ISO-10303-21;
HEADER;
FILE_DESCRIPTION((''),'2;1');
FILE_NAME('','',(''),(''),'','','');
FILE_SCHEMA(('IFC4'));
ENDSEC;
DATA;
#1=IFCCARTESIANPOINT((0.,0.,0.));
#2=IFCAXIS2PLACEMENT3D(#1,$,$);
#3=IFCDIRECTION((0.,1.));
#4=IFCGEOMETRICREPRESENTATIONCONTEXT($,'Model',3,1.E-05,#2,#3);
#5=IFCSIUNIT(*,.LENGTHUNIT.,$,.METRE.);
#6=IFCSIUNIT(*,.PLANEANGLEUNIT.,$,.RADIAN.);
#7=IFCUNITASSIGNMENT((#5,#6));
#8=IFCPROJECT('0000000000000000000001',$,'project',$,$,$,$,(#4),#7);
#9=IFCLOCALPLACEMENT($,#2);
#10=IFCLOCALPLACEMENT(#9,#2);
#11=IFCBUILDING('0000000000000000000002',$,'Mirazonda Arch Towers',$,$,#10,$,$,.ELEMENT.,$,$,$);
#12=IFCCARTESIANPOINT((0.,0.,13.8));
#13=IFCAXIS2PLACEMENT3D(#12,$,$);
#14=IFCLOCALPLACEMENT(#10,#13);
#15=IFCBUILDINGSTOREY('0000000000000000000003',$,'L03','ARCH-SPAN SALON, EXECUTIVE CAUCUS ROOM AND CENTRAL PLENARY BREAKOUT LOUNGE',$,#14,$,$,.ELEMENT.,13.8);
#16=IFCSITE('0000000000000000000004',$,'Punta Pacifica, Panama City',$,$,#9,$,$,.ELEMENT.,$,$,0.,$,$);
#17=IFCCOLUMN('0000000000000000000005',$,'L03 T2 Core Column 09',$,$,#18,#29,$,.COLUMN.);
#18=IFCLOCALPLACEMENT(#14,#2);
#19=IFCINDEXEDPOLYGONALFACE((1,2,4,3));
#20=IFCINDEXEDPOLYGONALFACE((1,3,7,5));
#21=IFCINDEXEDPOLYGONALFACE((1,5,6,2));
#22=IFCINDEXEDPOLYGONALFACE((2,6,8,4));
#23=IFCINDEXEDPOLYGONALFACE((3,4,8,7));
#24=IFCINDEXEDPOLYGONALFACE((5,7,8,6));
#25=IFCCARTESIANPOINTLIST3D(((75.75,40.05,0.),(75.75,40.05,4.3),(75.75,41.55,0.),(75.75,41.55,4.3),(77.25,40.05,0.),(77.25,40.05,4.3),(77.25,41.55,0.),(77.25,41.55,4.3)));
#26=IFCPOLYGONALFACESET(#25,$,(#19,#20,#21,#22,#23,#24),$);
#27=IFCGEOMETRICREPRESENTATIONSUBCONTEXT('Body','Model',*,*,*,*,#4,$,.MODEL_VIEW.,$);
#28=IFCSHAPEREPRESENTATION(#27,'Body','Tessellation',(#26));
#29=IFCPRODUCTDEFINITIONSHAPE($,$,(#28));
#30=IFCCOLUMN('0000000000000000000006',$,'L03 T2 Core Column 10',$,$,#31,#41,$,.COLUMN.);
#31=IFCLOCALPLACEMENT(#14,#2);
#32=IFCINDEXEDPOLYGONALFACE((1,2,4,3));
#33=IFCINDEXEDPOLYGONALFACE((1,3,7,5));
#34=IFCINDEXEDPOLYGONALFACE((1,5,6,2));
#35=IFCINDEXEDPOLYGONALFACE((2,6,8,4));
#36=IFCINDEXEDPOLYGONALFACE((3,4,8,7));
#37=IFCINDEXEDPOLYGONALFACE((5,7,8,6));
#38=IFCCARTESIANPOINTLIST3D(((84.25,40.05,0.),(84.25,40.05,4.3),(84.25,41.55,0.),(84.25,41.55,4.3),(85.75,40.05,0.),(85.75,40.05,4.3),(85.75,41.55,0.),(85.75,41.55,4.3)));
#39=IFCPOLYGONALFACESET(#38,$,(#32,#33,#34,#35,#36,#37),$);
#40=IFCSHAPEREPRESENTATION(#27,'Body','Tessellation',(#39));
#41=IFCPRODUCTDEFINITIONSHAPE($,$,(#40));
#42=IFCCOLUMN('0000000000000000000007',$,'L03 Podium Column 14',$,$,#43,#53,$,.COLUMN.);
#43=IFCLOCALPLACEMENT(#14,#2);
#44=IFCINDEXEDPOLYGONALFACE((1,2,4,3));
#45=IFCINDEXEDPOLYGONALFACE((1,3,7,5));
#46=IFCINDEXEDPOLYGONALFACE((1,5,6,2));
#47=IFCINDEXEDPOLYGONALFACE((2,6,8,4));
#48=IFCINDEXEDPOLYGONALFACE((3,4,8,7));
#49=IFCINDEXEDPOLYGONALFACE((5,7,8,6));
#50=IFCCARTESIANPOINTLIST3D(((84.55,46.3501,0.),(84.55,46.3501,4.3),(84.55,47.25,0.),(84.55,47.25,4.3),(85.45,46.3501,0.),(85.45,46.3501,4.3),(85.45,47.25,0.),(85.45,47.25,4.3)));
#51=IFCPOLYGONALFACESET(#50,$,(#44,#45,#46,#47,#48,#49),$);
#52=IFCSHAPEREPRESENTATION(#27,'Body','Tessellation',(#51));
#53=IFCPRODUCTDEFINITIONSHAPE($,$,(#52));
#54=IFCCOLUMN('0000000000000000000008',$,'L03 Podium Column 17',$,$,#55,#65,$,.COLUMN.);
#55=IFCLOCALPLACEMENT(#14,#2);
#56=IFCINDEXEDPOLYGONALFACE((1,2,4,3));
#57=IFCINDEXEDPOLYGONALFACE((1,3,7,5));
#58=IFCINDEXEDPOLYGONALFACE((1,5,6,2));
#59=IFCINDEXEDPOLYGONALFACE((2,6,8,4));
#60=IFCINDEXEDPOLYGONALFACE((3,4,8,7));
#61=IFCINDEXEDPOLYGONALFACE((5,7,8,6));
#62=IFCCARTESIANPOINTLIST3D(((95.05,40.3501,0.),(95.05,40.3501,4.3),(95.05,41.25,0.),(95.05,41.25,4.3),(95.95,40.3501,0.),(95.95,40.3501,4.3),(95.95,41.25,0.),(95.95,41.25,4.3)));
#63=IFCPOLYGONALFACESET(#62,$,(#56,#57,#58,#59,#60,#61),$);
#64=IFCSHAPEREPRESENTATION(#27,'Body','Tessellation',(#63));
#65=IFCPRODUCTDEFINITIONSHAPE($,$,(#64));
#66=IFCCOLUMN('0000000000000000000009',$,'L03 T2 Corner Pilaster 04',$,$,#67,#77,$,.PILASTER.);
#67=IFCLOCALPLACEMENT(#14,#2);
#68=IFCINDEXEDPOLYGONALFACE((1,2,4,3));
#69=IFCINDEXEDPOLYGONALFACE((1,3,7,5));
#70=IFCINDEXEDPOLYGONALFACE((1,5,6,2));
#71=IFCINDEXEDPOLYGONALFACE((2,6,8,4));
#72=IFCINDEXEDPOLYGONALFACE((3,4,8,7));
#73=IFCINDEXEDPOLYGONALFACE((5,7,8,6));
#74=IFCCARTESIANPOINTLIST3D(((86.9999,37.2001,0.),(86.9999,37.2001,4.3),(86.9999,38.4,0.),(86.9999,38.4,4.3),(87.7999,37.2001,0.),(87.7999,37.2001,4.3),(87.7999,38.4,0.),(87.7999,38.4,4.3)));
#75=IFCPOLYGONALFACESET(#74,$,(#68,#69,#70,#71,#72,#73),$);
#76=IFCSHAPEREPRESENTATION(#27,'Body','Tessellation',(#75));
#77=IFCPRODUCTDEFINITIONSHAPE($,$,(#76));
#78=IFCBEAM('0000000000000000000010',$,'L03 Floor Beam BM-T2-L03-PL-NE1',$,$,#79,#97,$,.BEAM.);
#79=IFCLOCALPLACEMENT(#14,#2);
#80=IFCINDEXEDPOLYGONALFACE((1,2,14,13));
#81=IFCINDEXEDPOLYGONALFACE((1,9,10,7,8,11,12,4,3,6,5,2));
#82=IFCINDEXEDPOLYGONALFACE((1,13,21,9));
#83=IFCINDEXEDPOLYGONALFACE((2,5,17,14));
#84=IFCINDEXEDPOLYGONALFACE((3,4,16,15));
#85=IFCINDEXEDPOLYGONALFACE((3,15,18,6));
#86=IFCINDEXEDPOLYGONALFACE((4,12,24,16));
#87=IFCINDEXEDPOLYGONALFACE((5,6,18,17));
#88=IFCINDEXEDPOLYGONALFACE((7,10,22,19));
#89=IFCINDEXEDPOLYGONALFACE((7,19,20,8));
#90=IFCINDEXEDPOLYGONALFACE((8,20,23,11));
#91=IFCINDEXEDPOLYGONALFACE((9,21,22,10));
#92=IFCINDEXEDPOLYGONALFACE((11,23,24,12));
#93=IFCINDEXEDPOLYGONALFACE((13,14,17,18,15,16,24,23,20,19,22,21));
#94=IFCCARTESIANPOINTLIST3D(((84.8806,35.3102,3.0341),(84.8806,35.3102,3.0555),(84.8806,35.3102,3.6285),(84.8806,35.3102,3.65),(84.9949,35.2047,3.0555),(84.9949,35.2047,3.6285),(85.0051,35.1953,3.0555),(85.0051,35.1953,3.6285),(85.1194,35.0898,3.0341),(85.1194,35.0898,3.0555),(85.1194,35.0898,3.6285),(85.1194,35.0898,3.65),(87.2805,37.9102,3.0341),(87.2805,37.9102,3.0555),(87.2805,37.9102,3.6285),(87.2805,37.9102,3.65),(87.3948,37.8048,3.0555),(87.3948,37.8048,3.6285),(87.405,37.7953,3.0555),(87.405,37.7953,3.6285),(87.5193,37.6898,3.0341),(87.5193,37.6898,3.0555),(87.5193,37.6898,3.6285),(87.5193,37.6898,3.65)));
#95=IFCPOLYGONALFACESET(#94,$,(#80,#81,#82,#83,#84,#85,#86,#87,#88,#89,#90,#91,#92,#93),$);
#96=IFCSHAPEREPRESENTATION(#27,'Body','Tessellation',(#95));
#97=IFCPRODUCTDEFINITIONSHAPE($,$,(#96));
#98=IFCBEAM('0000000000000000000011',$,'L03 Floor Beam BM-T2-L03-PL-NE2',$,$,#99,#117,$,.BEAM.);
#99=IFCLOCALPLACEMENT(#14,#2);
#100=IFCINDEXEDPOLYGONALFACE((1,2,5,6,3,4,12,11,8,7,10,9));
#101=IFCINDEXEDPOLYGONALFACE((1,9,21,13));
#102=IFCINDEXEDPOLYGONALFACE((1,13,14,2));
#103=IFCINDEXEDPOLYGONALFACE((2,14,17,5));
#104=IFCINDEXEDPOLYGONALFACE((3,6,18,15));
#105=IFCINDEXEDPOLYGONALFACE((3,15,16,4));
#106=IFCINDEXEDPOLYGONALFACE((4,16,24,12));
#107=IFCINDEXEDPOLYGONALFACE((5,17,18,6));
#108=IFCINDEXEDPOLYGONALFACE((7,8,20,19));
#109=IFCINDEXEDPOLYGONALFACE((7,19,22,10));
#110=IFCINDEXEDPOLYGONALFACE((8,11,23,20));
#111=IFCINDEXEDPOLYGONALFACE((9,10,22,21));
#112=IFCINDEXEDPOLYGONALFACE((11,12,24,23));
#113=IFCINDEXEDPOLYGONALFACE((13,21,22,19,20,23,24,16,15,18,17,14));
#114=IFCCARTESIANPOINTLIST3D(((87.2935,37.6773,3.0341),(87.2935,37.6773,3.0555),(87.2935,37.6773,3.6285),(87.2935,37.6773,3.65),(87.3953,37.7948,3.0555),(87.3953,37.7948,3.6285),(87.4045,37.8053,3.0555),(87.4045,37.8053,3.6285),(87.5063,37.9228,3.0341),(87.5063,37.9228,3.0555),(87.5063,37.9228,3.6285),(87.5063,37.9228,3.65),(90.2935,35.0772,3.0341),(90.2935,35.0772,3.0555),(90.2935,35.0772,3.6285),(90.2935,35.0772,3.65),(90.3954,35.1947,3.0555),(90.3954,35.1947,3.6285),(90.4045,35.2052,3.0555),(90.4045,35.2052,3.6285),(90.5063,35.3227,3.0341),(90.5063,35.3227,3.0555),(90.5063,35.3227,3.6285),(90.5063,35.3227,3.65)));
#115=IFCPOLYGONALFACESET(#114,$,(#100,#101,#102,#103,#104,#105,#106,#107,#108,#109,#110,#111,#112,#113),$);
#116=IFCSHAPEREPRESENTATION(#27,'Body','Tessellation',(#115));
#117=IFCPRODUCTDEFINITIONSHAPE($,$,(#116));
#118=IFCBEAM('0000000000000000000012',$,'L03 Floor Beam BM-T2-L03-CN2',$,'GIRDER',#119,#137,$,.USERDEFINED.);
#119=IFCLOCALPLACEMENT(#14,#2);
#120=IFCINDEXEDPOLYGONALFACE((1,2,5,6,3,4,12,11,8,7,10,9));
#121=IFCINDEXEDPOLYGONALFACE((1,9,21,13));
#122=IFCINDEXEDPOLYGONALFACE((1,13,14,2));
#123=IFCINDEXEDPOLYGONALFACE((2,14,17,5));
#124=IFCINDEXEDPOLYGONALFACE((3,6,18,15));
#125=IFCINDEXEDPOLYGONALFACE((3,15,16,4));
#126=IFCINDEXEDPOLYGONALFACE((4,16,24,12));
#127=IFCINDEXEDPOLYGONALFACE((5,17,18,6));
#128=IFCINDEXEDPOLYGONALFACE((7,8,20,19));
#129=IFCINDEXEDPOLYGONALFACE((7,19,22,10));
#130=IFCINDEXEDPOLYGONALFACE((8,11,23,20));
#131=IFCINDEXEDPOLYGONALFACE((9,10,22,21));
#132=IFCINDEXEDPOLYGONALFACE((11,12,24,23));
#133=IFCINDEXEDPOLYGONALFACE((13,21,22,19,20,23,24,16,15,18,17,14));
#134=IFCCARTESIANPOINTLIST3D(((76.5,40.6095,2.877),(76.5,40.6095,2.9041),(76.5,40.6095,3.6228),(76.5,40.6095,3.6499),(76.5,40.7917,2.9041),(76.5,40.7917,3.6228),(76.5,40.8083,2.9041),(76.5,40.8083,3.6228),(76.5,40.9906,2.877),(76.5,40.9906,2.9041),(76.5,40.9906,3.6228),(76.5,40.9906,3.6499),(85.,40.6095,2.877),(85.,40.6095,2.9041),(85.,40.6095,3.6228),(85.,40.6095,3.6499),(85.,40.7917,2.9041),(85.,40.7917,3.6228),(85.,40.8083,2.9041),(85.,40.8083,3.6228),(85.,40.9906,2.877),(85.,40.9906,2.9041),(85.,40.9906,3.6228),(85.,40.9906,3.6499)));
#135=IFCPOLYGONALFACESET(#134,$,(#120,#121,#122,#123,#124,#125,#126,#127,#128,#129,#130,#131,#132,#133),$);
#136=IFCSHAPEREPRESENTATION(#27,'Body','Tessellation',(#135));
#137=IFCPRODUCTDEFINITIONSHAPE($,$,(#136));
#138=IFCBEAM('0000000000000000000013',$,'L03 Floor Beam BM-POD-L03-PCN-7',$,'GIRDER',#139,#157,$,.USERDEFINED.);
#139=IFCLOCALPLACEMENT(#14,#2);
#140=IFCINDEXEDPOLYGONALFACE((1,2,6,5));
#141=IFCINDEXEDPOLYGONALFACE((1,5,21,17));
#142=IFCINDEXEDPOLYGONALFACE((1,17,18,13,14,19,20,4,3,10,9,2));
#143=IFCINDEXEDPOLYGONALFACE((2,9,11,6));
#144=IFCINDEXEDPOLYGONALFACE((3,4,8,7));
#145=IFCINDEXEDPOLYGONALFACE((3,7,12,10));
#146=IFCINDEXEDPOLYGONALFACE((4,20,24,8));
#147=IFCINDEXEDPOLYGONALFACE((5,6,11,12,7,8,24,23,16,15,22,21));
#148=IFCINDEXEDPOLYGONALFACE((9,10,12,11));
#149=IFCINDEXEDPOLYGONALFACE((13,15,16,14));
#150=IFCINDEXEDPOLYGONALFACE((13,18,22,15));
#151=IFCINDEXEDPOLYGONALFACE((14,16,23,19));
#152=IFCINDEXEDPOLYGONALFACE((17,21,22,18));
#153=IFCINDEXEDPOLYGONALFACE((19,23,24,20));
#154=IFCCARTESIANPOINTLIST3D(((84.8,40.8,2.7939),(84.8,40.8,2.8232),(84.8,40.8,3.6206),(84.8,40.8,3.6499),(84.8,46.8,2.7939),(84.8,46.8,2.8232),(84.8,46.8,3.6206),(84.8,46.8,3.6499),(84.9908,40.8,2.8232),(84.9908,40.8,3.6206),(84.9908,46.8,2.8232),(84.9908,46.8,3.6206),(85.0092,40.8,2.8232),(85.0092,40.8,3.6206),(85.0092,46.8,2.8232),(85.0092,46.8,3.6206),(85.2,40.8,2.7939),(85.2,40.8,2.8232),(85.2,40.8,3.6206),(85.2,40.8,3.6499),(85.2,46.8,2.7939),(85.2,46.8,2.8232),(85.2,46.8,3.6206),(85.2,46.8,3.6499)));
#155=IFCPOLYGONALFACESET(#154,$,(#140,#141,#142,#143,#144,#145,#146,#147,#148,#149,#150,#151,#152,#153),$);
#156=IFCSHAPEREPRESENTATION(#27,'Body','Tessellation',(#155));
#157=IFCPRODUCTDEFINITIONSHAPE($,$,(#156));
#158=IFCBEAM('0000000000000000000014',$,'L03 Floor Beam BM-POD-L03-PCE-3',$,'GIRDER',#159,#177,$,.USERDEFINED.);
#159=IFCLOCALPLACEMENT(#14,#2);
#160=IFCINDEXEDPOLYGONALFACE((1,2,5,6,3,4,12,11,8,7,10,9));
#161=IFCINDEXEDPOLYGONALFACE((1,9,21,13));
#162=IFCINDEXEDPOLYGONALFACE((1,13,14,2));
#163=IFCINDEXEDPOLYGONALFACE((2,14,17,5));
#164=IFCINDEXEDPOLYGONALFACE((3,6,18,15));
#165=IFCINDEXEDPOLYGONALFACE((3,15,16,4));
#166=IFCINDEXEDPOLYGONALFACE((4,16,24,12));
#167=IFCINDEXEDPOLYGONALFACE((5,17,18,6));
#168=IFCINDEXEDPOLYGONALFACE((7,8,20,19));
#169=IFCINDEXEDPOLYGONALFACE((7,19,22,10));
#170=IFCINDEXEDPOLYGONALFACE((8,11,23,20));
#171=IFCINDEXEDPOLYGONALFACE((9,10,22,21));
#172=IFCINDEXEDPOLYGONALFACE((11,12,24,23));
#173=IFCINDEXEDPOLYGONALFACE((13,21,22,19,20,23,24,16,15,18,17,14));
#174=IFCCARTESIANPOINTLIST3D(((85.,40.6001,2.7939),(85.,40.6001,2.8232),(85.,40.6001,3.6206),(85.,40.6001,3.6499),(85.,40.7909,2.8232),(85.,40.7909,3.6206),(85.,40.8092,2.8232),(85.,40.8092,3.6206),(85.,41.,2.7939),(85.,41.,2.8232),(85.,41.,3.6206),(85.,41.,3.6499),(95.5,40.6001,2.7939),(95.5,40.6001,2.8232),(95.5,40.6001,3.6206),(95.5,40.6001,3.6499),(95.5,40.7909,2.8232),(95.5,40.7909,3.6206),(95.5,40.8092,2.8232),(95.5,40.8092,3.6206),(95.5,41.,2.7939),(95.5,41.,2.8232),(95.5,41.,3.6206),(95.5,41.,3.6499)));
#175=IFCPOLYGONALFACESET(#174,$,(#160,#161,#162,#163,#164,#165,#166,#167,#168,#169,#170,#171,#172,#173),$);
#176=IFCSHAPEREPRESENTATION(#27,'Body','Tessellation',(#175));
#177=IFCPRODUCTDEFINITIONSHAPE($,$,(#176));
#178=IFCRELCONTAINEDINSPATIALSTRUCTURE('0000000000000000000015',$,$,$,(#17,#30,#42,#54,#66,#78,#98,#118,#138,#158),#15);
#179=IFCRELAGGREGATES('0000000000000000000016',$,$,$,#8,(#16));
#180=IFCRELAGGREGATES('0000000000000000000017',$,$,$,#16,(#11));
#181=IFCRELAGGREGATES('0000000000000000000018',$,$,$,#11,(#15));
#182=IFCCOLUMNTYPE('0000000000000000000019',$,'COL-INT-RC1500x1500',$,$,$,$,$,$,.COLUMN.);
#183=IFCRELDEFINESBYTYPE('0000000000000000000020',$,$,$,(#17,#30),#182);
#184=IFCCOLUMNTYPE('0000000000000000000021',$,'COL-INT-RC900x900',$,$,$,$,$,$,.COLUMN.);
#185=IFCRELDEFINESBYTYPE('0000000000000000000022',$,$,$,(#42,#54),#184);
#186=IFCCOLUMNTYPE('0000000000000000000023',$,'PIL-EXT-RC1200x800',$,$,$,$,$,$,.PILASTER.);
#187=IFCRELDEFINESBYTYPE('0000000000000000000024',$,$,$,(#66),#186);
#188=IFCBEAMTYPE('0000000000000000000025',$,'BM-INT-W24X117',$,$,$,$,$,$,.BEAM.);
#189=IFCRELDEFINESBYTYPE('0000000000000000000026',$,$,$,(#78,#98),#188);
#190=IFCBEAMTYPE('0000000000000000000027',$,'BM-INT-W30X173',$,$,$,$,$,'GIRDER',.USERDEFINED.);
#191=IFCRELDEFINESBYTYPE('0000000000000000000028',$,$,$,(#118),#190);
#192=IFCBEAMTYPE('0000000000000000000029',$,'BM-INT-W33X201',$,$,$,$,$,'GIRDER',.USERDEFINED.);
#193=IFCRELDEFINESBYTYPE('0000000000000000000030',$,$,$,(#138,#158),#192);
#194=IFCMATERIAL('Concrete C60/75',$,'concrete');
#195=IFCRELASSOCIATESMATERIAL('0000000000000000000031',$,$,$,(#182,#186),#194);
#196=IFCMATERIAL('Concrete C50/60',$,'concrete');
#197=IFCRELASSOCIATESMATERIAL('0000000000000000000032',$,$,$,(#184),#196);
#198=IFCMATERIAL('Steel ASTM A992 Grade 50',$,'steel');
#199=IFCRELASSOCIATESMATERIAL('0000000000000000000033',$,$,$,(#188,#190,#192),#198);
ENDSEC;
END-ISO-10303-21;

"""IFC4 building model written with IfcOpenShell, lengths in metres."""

from ifc_helpers import new_model, si_unit, direction, frame, origin, origin_2d, place, context, subcontext, project, spatial, rectangle, i_section, extrude, material, material_profile, profile_set, type_object, element, save


model = new_model("IFC4")

# Units and contexts
model_context = context("Model", 3, precision=1e-05, world=origin(), true_north=direction((0.0, 1.0)))
body_context = subcontext(model_context, "Body", "Model", "MODEL_VIEW")
ifc_project = project(units=[si_unit("LENGTHUNIT", "METRE"), si_unit("PLANEANGLEUNIT", "RADIAN")], contexts=[model_context])

# Site, building, storey
site_placement = place(None, origin())
site = spatial("IfcSite", under=ifc_project, at=site_placement, Name="Punta Pacifica, Panama City", CompositionType="ELEMENT", RefElevation=0.0)
building_placement = place(site_placement, origin())
building = spatial("IfcBuilding", under=site, at=building_placement, Name="Mirazonda Arch Towers", CompositionType="ELEMENT")
storey_placement = place(building_placement, frame((0.0, 0.0, 13.8)))
storey = spatial("IfcBuildingStorey", under=building, at=storey_placement, Name="L03", Description="ARCH-SPAN SALON, EXECUTIVE CAUCUS ROOM AND CENTRAL PLENARY BREAKOUT LOUNGE", CompositionType="ELEMENT", Elevation=13.8)

# Columns
ifc_material_1 = material(Name="Concrete C60/75", Category="concrete")
ifc_material_profile_1 = material_profile(ifc_material_1, rectangle(XDim=1.5, YDim=1.5, at=origin_2d()), Name="RC1500x1500")
ifc_profile_set_1 = profile_set([ifc_material_profile_1], Name="Concrete C60/75")
column_type_1 = type_object("IfcColumnType", Name="COL-INT-RC1500x1500", PredefinedType="COLUMN", material=ifc_profile_set_1)
for number, where, z_axis, x_axis, name in (
    (1, (76.5, 40.8, 0.0), (0.0, 0.0, 1.0), (1.0, 0.0, 0.0), "L03 T2 Core Column 09"),
    (2, (85.0, 40.8, 0.0), (0.0, 0.0, 1.0), (1.0, 0.0, 0.0), "L03 T2 Core Column 10"),
):
    element("IfcColumn", number, at=place(storey_placement, frame(where, z_axis=z_axis, x_axis=x_axis)), inside=storey, type_object=column_type_1, Name=name, PredefinedType="COLUMN", context=body_context, shape_type="SweptSolid", body=[
        extrude(rectangle(XDim=1.5, YDim=1.5, at=origin_2d()), origin(), (0.0, 0.0, 1.0), 4.3),
    ])
ifc_material_2 = material(Name="Concrete C50/60", Category="concrete")
ifc_material_profile_2 = material_profile(ifc_material_2, rectangle(XDim=0.8999, YDim=0.8999, at=origin_2d()), Name="RC900x900")
ifc_profile_set_2 = profile_set([ifc_material_profile_2], Name="Concrete C50/60")
column_type_2 = type_object("IfcColumnType", Name="COL-INT-RC900x900", PredefinedType="COLUMN", material=ifc_profile_set_2)
for number, where, z_axis, x_axis, name in (
    (3, (85.0, 46.8, 0.0), (0.0, 0.0, 1.0), (1.0, 0.0, 0.0), "L03 Podium Column 14"),
    (4, (95.5, 40.8, 0.0), (0.0, 0.0, 1.0), (1.0, 0.0, 0.0), "L03 Podium Column 17"),
):
    element("IfcColumn", number, at=place(storey_placement, frame(where, z_axis=z_axis, x_axis=x_axis)), inside=storey, type_object=column_type_2, Name=name, PredefinedType="COLUMN", context=body_context, shape_type="SweptSolid", body=[
        extrude(rectangle(XDim=0.8999, YDim=0.8999, at=origin_2d()), origin(), (0.0, 0.0, 1.0), 4.3),
    ])
ifc_material_profile_3 = material_profile(ifc_material_1, rectangle(XDim=0.8, YDim=1.2, at=origin_2d()), Name="RC1200x800")
ifc_profile_set_3 = profile_set([ifc_material_profile_3], Name="Concrete C60/75")
column_type_3 = type_object("IfcColumnType", Name="PIL-EXT-RC1200x800", PredefinedType="PILASTER", material=ifc_profile_set_3)
column_placement = place(storey_placement, frame((87.3999, 37.8, 0.0), z_axis=(0.0, 0.0, 1.0), x_axis=(1.0, 0.0, 0.0)))
element("IfcColumn", 5, at=column_placement, inside=storey, type_object=column_type_3, Name="L03 T2 Corner Pilaster 04", PredefinedType="PILASTER", context=body_context, shape_type="SweptSolid", body=[
    extrude(rectangle(XDim=0.8, YDim=1.2, at=origin_2d()), origin(), (0.0, 0.0, 1.0), 4.3),
])

# Beams
ifc_material_3 = material(Name="Steel ASTM A992 Grade 50", Category="steel")
ifc_material_profile_4 = material_profile(ifc_material_3, i_section(OverallWidth=0.325, OverallDepth=0.616, WebThickness=0.0139, FlangeThickness=0.0215, at=origin_2d()), Name="W24X117")
ifc_profile_set_4 = profile_set([ifc_material_profile_4], Name="Steel ASTM A992 Grade 50")
beam_type_1 = type_object("IfcBeamType", Name="BM-INT-W24X117", PredefinedType="BEAM", material=ifc_profile_set_4)
beam_1_placement = place(storey_placement, frame((87.3999, 37.8, 3.342), z_axis=(-0.678251, -0.73483, 0.0), x_axis=(0.73483, -0.678251, 0.0)))
element("IfcBeam", 6, at=beam_1_placement, inside=storey, type_object=beam_type_1, Name="L03 Floor Beam BM-T2-L03-PL-NE1", PredefinedType="BEAM", context=body_context, shape_type="SweptSolid", body=[
    extrude(i_section(OverallWidth=0.325, OverallDepth=0.616, WebThickness=0.0139, FlangeThickness=0.0215, at=origin_2d()), origin(), (0.0, 0.0, 1.0), 3.5383),
])
beam_2_placement = place(storey_placement, frame((87.3999, 37.8, 3.342), z_axis=(0.755677, -0.654945, 0.0), x_axis=(0.654945, 0.755677, 0.0)))
element("IfcBeam", 7, at=beam_2_placement, inside=storey, type_object=beam_type_1, Name="L03 Floor Beam BM-T2-L03-PL-NE2", PredefinedType="BEAM", context=body_context, shape_type="SweptSolid", body=[
    extrude(i_section(OverallWidth=0.325, OverallDepth=0.616, WebThickness=0.0139, FlangeThickness=0.0215, at=origin_2d()), origin(), (0.0, 0.0, 1.0), 3.97),
])
ifc_material_profile_5 = material_profile(ifc_material_3, i_section(OverallWidth=0.3811, OverallDepth=0.7729, WebThickness=0.0166, FlangeThickness=0.0271, at=origin_2d()), Name="W30X173")
ifc_profile_set_5 = profile_set([ifc_material_profile_5], Name="Steel ASTM A992 Grade 50")
beam_type_2 = type_object("IfcBeamType", Name="BM-INT-W30X173", ElementType="GIRDER", PredefinedType="USERDEFINED", material=ifc_profile_set_5)
beam_3_placement = place(storey_placement, frame((76.5, 40.8, 3.2634), z_axis=(1.0, 0.0, 0.0), x_axis=(0.0, 1.0, 0.0)))
element("IfcBeam", 8, at=beam_3_placement, inside=storey, type_object=beam_type_2, Name="L03 Floor Beam BM-T2-L03-CN2", ObjectType="GIRDER", PredefinedType="USERDEFINED", context=body_context, shape_type="SweptSolid", body=[
    extrude(i_section(OverallWidth=0.3811, OverallDepth=0.7729, WebThickness=0.0166, FlangeThickness=0.0271, at=origin_2d()), origin(), (0.0, 0.0, 1.0), 8.5),
])
ifc_material_profile_6 = material_profile(ifc_material_3, i_section(OverallWidth=0.3999, OverallDepth=0.856, WebThickness=0.0183, FlangeThickness=0.0293, at=origin_2d()), Name="W33X201")
ifc_profile_set_6 = profile_set([ifc_material_profile_6], Name="Steel ASTM A992 Grade 50")
beam_type_3 = type_object("IfcBeamType", Name="BM-INT-W33X201", ElementType="GIRDER", PredefinedType="USERDEFINED", material=ifc_profile_set_6)
beam_4_placement = place(storey_placement, frame((85.0, 40.8, 3.2219), z_axis=(0.0, 1.0, 0.0), x_axis=(-1.0, 0.0, 0.0)))
element("IfcBeam", 9, at=beam_4_placement, inside=storey, type_object=beam_type_3, Name="L03 Floor Beam BM-POD-L03-PCN-7", ObjectType="GIRDER", PredefinedType="USERDEFINED", context=body_context, shape_type="SweptSolid", body=[
    extrude(i_section(OverallWidth=0.3999, OverallDepth=0.856, WebThickness=0.0183, FlangeThickness=0.0293, at=origin_2d()), origin(), (0.0, 0.0, 1.0), 6.0),
])
beam_5_placement = place(storey_placement, frame((85.0, 40.8, 3.2219), z_axis=(1.0, 0.0, 0.0), x_axis=(0.0, 1.0, 0.0)))
element("IfcBeam", 10, at=beam_5_placement, inside=storey, type_object=beam_type_3, Name="L03 Floor Beam BM-POD-L03-PCE-3", ObjectType="GIRDER", PredefinedType="USERDEFINED", context=body_context, shape_type="SweptSolid", body=[
    extrude(i_section(OverallWidth=0.3999, OverallDepth=0.856, WebThickness=0.0183, FlangeThickness=0.0293, at=origin_2d()), origin(), (0.0, 0.0, 1.0), 10.5),
])

save(model, "model.ifc")
